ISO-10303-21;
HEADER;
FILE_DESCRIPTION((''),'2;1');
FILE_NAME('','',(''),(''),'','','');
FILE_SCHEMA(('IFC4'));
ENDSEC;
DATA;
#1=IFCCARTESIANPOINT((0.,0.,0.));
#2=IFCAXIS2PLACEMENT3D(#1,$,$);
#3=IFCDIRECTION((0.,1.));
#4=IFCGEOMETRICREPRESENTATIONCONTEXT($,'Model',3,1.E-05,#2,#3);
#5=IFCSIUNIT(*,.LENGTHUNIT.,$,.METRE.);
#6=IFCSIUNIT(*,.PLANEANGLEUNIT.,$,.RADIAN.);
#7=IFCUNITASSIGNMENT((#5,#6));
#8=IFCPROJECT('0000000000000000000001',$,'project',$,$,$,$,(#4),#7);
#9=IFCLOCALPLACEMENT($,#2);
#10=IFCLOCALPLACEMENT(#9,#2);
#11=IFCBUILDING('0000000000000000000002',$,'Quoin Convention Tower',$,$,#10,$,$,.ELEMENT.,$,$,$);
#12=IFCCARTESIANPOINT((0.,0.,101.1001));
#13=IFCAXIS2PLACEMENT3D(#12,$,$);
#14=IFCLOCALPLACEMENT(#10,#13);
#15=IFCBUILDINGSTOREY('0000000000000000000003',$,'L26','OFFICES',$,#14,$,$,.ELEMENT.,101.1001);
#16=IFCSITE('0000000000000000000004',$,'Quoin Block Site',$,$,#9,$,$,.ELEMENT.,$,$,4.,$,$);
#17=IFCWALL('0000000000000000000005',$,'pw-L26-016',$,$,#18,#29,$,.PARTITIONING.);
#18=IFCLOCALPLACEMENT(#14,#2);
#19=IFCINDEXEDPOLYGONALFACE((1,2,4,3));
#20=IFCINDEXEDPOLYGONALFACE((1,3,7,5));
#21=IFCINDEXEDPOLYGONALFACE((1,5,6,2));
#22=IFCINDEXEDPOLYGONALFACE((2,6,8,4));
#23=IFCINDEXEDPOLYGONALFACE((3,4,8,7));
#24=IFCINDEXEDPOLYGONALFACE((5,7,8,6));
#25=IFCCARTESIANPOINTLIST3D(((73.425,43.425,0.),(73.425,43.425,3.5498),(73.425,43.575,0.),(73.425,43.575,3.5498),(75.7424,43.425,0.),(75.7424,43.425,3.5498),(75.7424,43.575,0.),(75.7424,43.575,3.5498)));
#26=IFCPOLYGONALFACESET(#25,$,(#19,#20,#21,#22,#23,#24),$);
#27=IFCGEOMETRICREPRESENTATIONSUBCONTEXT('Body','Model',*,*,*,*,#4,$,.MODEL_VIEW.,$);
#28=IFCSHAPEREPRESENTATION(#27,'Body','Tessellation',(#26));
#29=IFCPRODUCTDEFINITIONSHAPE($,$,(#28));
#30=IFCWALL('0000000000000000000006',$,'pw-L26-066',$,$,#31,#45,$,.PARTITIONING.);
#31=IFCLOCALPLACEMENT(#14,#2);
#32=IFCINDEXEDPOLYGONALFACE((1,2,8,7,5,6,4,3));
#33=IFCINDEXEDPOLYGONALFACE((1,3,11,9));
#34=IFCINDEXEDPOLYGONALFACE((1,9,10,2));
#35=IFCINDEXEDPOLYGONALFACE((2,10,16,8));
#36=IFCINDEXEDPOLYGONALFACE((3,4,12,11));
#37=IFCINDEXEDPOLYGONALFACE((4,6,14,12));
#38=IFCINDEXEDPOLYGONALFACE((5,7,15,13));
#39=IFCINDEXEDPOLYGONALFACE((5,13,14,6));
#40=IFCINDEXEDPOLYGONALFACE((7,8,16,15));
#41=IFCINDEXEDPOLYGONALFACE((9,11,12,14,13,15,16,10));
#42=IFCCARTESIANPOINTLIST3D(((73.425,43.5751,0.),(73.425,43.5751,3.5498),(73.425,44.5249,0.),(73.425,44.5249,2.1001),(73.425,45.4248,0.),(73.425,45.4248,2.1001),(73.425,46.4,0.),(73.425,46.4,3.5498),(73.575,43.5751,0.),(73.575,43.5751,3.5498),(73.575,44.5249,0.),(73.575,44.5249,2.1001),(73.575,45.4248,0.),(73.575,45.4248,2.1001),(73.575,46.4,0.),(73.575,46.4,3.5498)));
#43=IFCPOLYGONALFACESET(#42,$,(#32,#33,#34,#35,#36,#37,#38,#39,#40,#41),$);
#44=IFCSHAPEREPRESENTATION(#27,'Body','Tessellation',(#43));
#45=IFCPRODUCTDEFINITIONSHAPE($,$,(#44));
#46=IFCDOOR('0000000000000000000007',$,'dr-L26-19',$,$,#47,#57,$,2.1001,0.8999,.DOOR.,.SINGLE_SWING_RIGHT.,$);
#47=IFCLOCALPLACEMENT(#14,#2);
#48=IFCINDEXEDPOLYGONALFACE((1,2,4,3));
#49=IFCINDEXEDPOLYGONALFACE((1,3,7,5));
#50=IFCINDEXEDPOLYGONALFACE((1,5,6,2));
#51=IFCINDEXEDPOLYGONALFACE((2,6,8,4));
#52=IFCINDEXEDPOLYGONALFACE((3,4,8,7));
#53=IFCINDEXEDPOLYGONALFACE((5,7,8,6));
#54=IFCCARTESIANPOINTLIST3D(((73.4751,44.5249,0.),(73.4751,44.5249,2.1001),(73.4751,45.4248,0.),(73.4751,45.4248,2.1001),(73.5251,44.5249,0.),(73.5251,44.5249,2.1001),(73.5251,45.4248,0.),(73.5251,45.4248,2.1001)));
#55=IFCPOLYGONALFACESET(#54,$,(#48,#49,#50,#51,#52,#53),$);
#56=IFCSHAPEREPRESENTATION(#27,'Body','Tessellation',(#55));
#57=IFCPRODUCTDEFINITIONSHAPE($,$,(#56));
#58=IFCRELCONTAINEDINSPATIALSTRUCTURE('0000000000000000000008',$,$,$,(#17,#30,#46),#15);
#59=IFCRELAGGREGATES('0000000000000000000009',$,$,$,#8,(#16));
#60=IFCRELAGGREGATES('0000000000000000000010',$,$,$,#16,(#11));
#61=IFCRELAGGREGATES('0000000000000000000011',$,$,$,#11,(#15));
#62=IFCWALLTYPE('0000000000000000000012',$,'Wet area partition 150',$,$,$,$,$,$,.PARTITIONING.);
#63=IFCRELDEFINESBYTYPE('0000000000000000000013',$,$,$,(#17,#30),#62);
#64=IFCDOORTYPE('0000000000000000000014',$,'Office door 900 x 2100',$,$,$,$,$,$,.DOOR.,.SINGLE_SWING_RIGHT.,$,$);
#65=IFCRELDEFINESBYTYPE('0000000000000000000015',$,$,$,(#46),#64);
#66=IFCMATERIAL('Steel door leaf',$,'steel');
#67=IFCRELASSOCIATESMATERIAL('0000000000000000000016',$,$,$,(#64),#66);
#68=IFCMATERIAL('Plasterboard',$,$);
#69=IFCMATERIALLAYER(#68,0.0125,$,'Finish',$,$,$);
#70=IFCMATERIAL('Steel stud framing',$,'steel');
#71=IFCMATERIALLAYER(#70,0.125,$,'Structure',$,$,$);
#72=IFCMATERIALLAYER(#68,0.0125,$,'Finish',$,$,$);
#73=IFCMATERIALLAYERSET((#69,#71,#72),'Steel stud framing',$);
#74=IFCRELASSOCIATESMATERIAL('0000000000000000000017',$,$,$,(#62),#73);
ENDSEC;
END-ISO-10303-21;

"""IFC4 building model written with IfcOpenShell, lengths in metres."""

from ifc_helpers import new_model, si_unit, direction, frame, frame_2d, origin, place, context, subcontext, project, spatial, rectangle, extrude, material, layer, layer_set, type_object, element, fill, save


model = new_model("IFC4")

# Units and contexts
model_context = context("Model", 3, precision=1e-05, world=origin(), true_north=direction((0.0, 1.0)))
body_context = subcontext(model_context, "Body", "Model", "MODEL_VIEW")
ifc_project = project(units=[si_unit("LENGTHUNIT", "METRE"), si_unit("PLANEANGLEUNIT", "RADIAN")], contexts=[model_context])

# Site, building, storey
site_placement = place(None, origin())
site = spatial("IfcSite", under=ifc_project, at=site_placement, Name="Quoin Block Site", CompositionType="ELEMENT", RefElevation=4.0)
building_placement = place(site_placement, origin())
building = spatial("IfcBuilding", under=site, at=building_placement, Name="Quoin Convention Tower", CompositionType="ELEMENT")
storey_placement = place(building_placement, frame((0.0, 0.0, 101.1001)))
storey = spatial("IfcBuildingStorey", under=building, at=storey_placement, Name="L26", Description="OFFICES", CompositionType="ELEMENT", Elevation=101.1001)

# Shared definitions
ifc_material_1 = material(Name="Plasterboard")
ifc_material_2 = material(Name="Steel stud framing", Category="steel")
ifc_material_3 = material(Name="Steel door leaf", Category="steel")
door_type_1 = type_object("IfcDoorType", Name="Office door 900 x 2100", OperationType="SINGLE_SWING_RIGHT", PredefinedType="DOOR", material=ifc_material_3)

# Wall
ifc_layer_1 = layer(ifc_material_1, 0.0125, Name="Finish")
ifc_layer_2 = layer(ifc_material_2, 0.125, Name="Structure")
ifc_layer_3 = layer(ifc_material_1, 0.0125, Name="Finish")
ifc_layer_set_1 = layer_set([ifc_layer_1, ifc_layer_2, ifc_layer_3], Name="Steel stud framing")
wall_type_1 = type_object("IfcWallType", Name="Wet area partition 150", PredefinedType="PARTITIONING", material=ifc_layer_set_1)
wall_1_placement = place(storey_placement, frame((73.425, 43.5, 0.0), z_axis=(0.0, 0.0, 1.0), x_axis=(1.0, 0.0, 0.0)))
element("IfcWall", 1, at=wall_1_placement, inside=storey, type_object=wall_type_1, Name="pw-L26-016", PredefinedType="PARTITIONING", context=body_context, shape_type="SweptSolid", body=[
    extrude(rectangle(XDim=2.3174, YDim=0.1499, at=frame_2d((1.1587, 0.0))), origin(), (0.0, 0.0, 1.0), 3.5498),
])

# Wall, opening, door
wall_2_placement = place(storey_placement, frame((73.5, 43.575, 0.0), z_axis=(0.0, 0.0, 1.0), x_axis=(0.0, 1.0, 0.0)))
wall_2 = element("IfcWall", 2, at=wall_2_placement, inside=storey, type_object=wall_type_1, Name="pw-L26-066", PredefinedType="PARTITIONING", context=body_context, shape_type="SweptSolid", body=[
    extrude(rectangle(XDim=2.825, YDim=0.1499, at=frame_2d((1.4126, 0.0))), origin(), (0.0, 0.0, 1.0), 3.5498),
])
opening_1_placement = place(wall_2_placement, frame((0.95, 0.0, 0.0)))
opening_1 = element("IfcOpeningElement", 3, at=opening_1_placement, cuts=wall_2, PredefinedType="OPENING", context=body_context, shape_type="SweptSolid", body=[
    extrude(rectangle(XDim=0.8999, YDim=2.1001, at=frame_2d((0.45, 1.05))), frame((0.0, 0.085, 0.0), z_axis=(0.0, -1.0, 0.0), x_axis=(1.0, 0.0, 0.0)), (0.0, 0.0, 1.0), 0.1699),
])
door_1_placement = place(opening_1_placement, origin())
door_1 = element("IfcDoor", 4, at=door_1_placement, inside=storey, type_object=door_type_1, Name="dr-L26-19", OperationType="SINGLE_SWING_RIGHT", OverallHeight=2.1001, OverallWidth=0.8999, PredefinedType="DOOR", context=body_context, shape_type="SweptSolid", body=[
    extrude(rectangle(XDim=0.8999, YDim=2.1001, at=frame_2d((0.45, 1.05))), frame((0.0, 0.0249, 0.0), z_axis=(0.0, -1.0, 0.0), x_axis=(1.0, 0.0, 0.0)), (0.0, 0.0, 1.0), 0.05),
])
fill(opening_1, door_1)

save(model, "model.ifc")
